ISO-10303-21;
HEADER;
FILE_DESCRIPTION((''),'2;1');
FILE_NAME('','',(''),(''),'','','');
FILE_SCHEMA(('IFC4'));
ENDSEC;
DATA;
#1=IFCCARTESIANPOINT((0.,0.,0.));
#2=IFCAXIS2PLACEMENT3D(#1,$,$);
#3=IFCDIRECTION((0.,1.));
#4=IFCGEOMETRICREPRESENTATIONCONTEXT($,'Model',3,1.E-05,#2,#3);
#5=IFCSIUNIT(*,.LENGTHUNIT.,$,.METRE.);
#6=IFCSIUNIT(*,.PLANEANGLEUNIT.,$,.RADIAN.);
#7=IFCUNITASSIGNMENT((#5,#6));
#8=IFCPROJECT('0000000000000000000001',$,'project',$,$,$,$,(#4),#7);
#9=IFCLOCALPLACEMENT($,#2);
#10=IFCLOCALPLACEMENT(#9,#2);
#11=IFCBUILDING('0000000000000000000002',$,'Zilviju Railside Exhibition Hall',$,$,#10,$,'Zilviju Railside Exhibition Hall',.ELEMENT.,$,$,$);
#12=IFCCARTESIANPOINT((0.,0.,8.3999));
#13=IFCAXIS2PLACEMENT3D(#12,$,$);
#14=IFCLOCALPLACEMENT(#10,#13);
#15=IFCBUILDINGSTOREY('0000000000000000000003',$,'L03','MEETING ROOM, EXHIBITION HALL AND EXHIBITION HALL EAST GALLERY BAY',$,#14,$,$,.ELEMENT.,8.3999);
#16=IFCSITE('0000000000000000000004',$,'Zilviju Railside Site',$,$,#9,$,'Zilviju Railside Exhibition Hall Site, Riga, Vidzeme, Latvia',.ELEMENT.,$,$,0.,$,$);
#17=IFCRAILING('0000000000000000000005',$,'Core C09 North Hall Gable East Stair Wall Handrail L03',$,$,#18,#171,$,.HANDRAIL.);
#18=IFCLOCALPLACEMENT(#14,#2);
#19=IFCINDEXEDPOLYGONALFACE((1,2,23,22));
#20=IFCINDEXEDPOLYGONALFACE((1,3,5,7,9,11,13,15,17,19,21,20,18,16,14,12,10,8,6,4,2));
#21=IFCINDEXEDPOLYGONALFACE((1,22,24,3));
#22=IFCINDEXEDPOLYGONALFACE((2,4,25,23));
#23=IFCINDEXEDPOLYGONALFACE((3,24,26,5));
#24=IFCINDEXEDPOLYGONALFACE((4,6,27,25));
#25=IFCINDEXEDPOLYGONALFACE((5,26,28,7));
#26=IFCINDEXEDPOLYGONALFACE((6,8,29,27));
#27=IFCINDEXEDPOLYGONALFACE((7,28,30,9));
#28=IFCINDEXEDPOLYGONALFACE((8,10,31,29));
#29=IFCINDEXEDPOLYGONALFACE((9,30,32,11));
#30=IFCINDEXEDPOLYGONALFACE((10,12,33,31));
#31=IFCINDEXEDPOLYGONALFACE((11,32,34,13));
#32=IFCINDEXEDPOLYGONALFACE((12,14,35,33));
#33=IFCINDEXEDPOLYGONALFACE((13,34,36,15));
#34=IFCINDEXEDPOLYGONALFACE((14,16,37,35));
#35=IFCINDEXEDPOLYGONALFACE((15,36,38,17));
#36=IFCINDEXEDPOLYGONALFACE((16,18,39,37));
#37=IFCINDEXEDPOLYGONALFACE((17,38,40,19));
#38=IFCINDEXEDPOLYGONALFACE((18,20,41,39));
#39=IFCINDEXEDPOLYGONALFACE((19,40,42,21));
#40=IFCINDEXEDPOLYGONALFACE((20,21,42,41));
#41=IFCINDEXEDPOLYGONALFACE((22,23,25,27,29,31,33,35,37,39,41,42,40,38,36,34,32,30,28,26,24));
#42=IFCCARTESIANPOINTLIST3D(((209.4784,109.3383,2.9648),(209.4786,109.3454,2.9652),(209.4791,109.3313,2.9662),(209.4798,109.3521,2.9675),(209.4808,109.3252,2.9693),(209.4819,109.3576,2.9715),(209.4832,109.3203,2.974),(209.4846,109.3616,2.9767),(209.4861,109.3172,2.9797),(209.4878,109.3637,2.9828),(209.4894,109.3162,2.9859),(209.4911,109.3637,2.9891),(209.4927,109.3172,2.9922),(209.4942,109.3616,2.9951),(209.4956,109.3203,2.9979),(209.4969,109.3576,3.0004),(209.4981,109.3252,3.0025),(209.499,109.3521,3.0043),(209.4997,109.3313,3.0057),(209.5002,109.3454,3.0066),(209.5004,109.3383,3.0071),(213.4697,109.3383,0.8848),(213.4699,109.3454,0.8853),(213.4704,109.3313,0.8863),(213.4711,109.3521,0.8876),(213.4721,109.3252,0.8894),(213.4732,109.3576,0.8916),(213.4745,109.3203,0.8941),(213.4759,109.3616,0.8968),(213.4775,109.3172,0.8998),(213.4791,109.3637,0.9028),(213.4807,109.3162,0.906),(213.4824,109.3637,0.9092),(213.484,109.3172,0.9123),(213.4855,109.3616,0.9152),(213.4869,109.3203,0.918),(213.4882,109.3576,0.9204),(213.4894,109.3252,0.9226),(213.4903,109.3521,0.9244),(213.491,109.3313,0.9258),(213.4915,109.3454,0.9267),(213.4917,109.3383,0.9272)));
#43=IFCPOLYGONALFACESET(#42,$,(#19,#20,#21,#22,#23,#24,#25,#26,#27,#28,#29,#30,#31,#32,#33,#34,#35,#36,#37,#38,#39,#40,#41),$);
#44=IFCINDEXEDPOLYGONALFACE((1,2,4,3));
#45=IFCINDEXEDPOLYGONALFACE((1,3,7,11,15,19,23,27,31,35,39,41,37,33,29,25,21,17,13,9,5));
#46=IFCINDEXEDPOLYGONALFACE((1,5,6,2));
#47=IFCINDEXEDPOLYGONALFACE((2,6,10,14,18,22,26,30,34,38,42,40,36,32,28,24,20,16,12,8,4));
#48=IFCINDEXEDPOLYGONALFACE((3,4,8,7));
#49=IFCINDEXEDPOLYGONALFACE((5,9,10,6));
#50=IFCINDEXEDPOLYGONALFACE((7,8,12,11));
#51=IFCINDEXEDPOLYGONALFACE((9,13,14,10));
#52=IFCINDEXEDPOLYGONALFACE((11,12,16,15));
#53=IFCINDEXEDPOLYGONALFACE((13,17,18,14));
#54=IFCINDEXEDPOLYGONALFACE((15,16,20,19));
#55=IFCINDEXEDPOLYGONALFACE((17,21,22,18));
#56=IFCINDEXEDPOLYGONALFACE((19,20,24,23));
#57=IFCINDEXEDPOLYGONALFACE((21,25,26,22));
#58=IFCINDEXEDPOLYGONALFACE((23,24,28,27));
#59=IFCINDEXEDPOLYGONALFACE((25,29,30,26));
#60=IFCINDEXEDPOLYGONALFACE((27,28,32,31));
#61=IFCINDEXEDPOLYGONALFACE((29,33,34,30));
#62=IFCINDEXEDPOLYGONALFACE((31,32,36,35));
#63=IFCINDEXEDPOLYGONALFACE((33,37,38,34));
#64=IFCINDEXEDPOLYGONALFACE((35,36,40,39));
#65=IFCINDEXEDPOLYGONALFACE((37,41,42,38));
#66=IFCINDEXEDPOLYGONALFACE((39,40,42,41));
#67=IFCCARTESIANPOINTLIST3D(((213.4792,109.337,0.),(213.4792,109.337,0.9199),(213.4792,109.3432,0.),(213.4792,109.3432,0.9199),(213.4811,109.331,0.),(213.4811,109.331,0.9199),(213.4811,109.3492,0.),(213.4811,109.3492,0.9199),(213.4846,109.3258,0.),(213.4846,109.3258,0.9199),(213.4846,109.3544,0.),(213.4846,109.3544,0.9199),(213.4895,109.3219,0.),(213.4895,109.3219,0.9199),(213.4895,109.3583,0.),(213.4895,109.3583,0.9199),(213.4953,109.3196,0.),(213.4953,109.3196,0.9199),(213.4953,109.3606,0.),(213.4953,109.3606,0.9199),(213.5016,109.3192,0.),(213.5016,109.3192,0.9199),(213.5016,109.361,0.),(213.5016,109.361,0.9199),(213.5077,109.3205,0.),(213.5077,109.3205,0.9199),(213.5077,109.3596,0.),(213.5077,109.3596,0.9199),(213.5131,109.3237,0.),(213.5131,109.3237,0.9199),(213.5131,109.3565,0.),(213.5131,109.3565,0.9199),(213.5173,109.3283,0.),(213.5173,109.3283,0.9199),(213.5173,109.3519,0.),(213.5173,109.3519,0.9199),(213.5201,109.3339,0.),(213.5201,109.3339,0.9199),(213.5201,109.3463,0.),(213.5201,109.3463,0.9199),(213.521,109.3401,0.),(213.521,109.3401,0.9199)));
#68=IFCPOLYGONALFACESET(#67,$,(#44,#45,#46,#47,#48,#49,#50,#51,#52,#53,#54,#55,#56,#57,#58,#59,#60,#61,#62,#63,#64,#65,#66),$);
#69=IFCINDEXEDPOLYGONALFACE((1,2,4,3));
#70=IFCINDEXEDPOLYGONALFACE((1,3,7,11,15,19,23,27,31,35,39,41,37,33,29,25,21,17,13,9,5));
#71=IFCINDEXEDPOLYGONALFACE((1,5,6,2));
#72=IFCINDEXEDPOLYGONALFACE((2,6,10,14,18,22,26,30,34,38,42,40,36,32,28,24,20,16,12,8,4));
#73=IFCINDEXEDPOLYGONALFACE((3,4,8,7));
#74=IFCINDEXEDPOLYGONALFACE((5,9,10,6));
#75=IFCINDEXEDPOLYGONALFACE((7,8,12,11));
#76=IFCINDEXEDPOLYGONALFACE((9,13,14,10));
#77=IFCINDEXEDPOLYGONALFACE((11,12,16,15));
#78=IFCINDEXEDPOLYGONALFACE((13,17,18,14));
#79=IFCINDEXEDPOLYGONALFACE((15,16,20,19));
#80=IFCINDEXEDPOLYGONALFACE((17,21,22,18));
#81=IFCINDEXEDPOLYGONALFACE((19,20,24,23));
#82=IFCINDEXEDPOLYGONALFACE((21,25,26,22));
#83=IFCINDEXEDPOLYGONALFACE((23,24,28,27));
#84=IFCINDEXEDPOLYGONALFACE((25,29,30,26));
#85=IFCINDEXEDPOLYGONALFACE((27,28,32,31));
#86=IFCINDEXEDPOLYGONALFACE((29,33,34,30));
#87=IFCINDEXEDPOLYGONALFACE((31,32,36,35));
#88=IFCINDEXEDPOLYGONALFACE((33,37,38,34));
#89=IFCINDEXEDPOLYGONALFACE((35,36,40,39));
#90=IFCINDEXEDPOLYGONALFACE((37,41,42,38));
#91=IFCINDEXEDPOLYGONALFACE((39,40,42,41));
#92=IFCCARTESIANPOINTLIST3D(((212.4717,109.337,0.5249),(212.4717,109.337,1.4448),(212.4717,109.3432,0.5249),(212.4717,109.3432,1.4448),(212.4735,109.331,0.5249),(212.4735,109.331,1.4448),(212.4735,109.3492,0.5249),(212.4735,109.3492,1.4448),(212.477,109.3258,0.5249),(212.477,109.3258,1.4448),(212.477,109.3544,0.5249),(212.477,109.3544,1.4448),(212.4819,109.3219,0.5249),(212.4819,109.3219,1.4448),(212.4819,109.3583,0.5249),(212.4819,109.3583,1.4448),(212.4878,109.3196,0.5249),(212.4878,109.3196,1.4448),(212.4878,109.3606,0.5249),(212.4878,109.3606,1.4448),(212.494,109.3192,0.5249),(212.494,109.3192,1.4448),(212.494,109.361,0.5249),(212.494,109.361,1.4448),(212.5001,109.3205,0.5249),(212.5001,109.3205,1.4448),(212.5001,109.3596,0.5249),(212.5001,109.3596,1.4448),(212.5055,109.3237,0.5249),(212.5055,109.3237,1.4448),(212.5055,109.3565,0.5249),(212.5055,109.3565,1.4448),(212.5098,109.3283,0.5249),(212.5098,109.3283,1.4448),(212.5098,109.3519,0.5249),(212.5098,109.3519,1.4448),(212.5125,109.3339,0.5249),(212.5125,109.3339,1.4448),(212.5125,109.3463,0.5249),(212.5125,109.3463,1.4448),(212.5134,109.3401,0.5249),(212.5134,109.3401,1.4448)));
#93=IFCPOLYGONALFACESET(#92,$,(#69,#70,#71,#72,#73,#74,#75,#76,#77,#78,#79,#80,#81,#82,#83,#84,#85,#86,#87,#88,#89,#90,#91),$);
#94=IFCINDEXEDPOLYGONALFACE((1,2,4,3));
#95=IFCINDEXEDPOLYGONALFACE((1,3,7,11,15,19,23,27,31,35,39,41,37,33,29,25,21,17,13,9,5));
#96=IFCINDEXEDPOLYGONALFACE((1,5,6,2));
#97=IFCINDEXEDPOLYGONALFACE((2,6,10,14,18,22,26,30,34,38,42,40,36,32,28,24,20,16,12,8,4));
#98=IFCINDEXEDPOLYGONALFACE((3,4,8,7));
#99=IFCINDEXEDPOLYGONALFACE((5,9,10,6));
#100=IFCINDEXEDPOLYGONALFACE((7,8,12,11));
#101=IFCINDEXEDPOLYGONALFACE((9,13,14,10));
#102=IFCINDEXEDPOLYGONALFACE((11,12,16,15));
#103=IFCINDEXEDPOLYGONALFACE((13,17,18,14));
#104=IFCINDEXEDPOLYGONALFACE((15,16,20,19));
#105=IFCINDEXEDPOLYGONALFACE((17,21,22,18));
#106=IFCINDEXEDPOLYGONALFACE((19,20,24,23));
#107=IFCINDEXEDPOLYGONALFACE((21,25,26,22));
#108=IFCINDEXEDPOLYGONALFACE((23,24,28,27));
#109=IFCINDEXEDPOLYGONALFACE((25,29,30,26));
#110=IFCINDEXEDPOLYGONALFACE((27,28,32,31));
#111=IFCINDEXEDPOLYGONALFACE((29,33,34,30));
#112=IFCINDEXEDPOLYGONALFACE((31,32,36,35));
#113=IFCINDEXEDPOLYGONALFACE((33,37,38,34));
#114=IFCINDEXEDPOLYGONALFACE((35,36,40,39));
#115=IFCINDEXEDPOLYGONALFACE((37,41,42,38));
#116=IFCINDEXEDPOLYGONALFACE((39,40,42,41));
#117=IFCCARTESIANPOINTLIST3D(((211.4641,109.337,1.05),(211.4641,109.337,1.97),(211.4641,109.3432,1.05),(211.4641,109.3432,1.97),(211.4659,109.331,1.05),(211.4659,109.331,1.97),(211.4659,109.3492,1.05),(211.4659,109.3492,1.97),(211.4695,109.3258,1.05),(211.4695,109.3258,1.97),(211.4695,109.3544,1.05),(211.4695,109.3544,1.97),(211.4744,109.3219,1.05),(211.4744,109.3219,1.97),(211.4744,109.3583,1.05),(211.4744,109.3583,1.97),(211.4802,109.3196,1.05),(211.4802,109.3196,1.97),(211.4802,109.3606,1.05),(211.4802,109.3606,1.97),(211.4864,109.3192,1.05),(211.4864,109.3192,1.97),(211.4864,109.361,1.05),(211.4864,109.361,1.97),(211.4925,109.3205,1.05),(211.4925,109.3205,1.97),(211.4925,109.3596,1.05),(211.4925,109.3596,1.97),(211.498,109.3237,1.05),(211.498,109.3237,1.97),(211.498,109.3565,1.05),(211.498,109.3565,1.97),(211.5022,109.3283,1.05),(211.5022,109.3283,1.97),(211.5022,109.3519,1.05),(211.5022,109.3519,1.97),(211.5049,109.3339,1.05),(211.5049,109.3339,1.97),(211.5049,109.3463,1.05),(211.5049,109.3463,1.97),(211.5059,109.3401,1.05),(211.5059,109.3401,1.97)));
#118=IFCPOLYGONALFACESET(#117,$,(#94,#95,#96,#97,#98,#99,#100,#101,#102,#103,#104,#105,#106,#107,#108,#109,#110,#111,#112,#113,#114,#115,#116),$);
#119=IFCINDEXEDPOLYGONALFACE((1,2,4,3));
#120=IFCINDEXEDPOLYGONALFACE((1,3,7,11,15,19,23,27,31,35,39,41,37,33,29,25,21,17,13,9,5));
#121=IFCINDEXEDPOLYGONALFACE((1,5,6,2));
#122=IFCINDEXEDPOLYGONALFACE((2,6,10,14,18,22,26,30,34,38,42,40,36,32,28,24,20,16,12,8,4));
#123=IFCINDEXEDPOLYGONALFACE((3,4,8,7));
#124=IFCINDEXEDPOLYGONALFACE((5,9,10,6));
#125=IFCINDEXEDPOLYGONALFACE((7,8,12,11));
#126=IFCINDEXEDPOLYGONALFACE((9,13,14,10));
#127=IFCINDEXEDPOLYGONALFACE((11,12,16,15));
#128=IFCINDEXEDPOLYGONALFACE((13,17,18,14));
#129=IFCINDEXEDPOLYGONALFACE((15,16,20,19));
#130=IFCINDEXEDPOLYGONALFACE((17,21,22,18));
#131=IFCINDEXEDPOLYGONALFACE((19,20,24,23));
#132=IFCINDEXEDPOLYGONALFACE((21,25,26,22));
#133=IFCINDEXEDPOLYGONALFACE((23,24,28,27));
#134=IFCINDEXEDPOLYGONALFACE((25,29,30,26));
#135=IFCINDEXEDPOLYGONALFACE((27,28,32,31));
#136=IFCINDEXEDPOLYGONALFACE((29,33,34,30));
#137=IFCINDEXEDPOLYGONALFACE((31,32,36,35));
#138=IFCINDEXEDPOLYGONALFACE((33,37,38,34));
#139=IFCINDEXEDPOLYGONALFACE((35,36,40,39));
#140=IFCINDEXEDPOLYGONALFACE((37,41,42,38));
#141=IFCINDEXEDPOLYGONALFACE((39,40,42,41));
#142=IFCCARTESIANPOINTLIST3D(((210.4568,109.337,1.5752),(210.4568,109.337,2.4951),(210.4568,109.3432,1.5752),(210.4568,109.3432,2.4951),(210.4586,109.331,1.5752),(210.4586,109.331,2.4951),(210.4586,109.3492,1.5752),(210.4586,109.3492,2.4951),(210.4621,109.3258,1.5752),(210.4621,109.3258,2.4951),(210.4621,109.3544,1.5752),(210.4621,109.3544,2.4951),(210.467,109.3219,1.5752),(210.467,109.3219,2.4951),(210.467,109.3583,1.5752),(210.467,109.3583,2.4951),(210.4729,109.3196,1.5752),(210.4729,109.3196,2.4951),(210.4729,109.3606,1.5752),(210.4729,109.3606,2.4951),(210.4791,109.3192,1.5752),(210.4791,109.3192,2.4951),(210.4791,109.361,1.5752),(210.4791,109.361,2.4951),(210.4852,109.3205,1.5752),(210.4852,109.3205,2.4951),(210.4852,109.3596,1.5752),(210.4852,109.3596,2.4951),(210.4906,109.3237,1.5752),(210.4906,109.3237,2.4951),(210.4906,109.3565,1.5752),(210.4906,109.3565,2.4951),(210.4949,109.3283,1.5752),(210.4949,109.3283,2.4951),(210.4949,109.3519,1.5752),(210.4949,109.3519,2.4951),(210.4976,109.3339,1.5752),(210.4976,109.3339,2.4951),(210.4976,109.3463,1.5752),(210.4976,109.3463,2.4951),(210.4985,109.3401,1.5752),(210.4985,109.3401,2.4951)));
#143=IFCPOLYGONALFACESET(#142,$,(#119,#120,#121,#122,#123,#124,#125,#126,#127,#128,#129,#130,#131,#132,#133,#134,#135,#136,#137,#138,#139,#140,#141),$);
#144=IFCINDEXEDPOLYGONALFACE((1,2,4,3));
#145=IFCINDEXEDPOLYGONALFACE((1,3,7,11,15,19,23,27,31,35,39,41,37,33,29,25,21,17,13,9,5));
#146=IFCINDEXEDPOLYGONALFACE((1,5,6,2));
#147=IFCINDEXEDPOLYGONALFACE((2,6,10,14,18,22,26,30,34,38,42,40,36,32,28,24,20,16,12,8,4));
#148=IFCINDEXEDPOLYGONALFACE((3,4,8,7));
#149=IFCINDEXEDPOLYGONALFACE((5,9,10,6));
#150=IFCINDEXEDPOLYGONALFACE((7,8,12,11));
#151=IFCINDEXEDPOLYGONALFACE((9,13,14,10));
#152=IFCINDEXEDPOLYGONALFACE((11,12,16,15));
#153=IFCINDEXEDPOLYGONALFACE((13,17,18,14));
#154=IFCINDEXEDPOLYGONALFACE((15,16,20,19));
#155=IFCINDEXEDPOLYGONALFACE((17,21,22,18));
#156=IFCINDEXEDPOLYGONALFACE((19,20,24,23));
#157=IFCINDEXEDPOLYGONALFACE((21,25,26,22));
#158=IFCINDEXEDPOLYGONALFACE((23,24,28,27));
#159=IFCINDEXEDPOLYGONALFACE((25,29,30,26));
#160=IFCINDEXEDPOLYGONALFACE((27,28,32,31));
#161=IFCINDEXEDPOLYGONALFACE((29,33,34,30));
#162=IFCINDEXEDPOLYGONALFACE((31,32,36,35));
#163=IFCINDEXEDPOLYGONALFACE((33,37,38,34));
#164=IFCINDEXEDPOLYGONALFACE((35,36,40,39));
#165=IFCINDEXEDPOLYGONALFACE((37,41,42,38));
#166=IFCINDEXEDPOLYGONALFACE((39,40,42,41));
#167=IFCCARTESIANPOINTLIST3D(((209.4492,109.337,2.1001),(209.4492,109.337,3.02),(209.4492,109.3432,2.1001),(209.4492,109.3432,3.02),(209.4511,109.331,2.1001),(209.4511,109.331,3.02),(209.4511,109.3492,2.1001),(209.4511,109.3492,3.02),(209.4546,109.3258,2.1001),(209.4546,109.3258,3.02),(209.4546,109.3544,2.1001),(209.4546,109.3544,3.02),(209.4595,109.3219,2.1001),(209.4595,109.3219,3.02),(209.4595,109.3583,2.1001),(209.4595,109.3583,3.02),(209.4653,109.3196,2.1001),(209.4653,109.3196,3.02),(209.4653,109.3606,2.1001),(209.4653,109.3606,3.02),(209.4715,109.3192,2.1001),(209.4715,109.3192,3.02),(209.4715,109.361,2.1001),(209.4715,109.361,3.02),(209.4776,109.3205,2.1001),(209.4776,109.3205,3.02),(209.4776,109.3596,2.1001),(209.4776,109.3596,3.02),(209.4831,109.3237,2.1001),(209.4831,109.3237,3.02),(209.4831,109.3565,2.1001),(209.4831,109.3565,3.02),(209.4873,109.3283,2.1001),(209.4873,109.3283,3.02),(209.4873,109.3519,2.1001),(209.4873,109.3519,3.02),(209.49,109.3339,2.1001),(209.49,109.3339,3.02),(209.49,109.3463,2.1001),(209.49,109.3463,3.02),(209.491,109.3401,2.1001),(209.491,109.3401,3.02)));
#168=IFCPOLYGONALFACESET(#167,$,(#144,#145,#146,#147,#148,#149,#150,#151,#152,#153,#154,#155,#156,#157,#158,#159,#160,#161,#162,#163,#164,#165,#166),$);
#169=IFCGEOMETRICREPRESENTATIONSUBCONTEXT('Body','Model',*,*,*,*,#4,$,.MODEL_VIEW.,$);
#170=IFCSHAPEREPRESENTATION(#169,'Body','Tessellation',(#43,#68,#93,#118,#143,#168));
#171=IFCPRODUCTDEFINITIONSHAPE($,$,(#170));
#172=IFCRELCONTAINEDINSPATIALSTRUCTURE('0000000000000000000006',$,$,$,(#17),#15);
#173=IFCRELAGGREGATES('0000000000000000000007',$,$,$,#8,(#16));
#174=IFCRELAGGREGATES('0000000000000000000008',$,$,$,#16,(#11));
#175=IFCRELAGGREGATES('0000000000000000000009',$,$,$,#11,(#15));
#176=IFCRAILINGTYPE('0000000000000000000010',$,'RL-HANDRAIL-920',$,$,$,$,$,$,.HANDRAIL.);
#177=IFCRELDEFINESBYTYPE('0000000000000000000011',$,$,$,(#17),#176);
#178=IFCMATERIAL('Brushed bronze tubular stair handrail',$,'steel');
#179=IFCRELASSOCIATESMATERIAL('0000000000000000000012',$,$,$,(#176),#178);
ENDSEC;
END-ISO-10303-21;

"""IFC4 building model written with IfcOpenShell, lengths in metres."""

from ifc_helpers import new_model, si_unit, direction, frame, origin, origin_2d, place, context, subcontext, project, spatial, circle, extrude, material, type_object, element, save


model = new_model("IFC4")

# Units and contexts
model_context = context("Model", 3, precision=1e-05, world=origin(), true_north=direction((0.0, 1.0)))
body_context = subcontext(model_context, "Body", "Model", "MODEL_VIEW")
ifc_project = project(units=[si_unit("LENGTHUNIT", "METRE"), si_unit("PLANEANGLEUNIT", "RADIAN")], contexts=[model_context])

# Site, building, storey
site_placement = place(None, origin())
site = spatial("IfcSite", under=ifc_project, at=site_placement, Name="Zilviju Railside Site", LongName="Zilviju Railside Exhibition Hall Site, Riga, Vidzeme, Latvia", CompositionType="ELEMENT", RefElevation=0.0)
building_placement = place(site_placement, origin())
building = spatial("IfcBuilding", under=site, at=building_placement, Name="Zilviju Railside Exhibition Hall", LongName="Zilviju Railside Exhibition Hall", CompositionType="ELEMENT")
storey_placement = place(building_placement, frame((0.0, 0.0, 8.3999)))
storey = spatial("IfcBuildingStorey", under=building, at=storey_placement, Name="L03", Description="MEETING ROOM, EXHIBITION HALL AND EXHIBITION HALL EAST GALLERY BAY", CompositionType="ELEMENT", Elevation=8.3999)

# Railing
ifc_material_1 = material(Name="Brushed bronze tubular stair handrail", Category="steel")
railing_type_1 = type_object("IfcRailingType", Name="RL-HANDRAIL-920", PredefinedType="HANDRAIL", material=ifc_material_1)
railing_1_placement = place(storey_placement, frame((213.5, 109.3401, 0.0)))
element("IfcRailing", 1, at=railing_1_placement, inside=storey, type_object=railing_type_1, Name="Core C09 North Hall Gable East Stair Wall Handrail L03", PredefinedType="HANDRAIL", context=body_context, shape_type="SweptSolid", body=[
    extrude(circle(Radius=0.0239, at=origin_2d()), frame((-0.0193, 0.0, 0.906), z_axis=(-0.886813, 0.0, 0.462129), x_axis=(0.0, -1.0, 0.0)), (0.0, 0.0, 1.0), 4.5007),
    extrude(circle(Radius=0.021, at=origin_2d()), origin(), (0.0, 0.0, 1.0), 0.9199),
    extrude(circle(Radius=0.021, at=origin_2d()), frame((-1.0076, 0.0, 0.5249)), (0.0, 0.0, 1.0), 0.9199),
    extrude(circle(Radius=0.021, at=origin_2d()), frame((-2.0151, 0.0, 1.05)), (0.0, 0.0, 1.0), 0.9199),
    extrude(circle(Radius=0.021, at=origin_2d()), frame((-3.0225, 0.0, 1.5752)), (0.0, 0.0, 1.0), 0.9199),
    extrude(circle(Radius=0.021, at=origin_2d()), frame((-4.03, 0.0, 2.1001)), (0.0, 0.0, 1.0), 0.9199),
])

save(model, "model.ifc")
